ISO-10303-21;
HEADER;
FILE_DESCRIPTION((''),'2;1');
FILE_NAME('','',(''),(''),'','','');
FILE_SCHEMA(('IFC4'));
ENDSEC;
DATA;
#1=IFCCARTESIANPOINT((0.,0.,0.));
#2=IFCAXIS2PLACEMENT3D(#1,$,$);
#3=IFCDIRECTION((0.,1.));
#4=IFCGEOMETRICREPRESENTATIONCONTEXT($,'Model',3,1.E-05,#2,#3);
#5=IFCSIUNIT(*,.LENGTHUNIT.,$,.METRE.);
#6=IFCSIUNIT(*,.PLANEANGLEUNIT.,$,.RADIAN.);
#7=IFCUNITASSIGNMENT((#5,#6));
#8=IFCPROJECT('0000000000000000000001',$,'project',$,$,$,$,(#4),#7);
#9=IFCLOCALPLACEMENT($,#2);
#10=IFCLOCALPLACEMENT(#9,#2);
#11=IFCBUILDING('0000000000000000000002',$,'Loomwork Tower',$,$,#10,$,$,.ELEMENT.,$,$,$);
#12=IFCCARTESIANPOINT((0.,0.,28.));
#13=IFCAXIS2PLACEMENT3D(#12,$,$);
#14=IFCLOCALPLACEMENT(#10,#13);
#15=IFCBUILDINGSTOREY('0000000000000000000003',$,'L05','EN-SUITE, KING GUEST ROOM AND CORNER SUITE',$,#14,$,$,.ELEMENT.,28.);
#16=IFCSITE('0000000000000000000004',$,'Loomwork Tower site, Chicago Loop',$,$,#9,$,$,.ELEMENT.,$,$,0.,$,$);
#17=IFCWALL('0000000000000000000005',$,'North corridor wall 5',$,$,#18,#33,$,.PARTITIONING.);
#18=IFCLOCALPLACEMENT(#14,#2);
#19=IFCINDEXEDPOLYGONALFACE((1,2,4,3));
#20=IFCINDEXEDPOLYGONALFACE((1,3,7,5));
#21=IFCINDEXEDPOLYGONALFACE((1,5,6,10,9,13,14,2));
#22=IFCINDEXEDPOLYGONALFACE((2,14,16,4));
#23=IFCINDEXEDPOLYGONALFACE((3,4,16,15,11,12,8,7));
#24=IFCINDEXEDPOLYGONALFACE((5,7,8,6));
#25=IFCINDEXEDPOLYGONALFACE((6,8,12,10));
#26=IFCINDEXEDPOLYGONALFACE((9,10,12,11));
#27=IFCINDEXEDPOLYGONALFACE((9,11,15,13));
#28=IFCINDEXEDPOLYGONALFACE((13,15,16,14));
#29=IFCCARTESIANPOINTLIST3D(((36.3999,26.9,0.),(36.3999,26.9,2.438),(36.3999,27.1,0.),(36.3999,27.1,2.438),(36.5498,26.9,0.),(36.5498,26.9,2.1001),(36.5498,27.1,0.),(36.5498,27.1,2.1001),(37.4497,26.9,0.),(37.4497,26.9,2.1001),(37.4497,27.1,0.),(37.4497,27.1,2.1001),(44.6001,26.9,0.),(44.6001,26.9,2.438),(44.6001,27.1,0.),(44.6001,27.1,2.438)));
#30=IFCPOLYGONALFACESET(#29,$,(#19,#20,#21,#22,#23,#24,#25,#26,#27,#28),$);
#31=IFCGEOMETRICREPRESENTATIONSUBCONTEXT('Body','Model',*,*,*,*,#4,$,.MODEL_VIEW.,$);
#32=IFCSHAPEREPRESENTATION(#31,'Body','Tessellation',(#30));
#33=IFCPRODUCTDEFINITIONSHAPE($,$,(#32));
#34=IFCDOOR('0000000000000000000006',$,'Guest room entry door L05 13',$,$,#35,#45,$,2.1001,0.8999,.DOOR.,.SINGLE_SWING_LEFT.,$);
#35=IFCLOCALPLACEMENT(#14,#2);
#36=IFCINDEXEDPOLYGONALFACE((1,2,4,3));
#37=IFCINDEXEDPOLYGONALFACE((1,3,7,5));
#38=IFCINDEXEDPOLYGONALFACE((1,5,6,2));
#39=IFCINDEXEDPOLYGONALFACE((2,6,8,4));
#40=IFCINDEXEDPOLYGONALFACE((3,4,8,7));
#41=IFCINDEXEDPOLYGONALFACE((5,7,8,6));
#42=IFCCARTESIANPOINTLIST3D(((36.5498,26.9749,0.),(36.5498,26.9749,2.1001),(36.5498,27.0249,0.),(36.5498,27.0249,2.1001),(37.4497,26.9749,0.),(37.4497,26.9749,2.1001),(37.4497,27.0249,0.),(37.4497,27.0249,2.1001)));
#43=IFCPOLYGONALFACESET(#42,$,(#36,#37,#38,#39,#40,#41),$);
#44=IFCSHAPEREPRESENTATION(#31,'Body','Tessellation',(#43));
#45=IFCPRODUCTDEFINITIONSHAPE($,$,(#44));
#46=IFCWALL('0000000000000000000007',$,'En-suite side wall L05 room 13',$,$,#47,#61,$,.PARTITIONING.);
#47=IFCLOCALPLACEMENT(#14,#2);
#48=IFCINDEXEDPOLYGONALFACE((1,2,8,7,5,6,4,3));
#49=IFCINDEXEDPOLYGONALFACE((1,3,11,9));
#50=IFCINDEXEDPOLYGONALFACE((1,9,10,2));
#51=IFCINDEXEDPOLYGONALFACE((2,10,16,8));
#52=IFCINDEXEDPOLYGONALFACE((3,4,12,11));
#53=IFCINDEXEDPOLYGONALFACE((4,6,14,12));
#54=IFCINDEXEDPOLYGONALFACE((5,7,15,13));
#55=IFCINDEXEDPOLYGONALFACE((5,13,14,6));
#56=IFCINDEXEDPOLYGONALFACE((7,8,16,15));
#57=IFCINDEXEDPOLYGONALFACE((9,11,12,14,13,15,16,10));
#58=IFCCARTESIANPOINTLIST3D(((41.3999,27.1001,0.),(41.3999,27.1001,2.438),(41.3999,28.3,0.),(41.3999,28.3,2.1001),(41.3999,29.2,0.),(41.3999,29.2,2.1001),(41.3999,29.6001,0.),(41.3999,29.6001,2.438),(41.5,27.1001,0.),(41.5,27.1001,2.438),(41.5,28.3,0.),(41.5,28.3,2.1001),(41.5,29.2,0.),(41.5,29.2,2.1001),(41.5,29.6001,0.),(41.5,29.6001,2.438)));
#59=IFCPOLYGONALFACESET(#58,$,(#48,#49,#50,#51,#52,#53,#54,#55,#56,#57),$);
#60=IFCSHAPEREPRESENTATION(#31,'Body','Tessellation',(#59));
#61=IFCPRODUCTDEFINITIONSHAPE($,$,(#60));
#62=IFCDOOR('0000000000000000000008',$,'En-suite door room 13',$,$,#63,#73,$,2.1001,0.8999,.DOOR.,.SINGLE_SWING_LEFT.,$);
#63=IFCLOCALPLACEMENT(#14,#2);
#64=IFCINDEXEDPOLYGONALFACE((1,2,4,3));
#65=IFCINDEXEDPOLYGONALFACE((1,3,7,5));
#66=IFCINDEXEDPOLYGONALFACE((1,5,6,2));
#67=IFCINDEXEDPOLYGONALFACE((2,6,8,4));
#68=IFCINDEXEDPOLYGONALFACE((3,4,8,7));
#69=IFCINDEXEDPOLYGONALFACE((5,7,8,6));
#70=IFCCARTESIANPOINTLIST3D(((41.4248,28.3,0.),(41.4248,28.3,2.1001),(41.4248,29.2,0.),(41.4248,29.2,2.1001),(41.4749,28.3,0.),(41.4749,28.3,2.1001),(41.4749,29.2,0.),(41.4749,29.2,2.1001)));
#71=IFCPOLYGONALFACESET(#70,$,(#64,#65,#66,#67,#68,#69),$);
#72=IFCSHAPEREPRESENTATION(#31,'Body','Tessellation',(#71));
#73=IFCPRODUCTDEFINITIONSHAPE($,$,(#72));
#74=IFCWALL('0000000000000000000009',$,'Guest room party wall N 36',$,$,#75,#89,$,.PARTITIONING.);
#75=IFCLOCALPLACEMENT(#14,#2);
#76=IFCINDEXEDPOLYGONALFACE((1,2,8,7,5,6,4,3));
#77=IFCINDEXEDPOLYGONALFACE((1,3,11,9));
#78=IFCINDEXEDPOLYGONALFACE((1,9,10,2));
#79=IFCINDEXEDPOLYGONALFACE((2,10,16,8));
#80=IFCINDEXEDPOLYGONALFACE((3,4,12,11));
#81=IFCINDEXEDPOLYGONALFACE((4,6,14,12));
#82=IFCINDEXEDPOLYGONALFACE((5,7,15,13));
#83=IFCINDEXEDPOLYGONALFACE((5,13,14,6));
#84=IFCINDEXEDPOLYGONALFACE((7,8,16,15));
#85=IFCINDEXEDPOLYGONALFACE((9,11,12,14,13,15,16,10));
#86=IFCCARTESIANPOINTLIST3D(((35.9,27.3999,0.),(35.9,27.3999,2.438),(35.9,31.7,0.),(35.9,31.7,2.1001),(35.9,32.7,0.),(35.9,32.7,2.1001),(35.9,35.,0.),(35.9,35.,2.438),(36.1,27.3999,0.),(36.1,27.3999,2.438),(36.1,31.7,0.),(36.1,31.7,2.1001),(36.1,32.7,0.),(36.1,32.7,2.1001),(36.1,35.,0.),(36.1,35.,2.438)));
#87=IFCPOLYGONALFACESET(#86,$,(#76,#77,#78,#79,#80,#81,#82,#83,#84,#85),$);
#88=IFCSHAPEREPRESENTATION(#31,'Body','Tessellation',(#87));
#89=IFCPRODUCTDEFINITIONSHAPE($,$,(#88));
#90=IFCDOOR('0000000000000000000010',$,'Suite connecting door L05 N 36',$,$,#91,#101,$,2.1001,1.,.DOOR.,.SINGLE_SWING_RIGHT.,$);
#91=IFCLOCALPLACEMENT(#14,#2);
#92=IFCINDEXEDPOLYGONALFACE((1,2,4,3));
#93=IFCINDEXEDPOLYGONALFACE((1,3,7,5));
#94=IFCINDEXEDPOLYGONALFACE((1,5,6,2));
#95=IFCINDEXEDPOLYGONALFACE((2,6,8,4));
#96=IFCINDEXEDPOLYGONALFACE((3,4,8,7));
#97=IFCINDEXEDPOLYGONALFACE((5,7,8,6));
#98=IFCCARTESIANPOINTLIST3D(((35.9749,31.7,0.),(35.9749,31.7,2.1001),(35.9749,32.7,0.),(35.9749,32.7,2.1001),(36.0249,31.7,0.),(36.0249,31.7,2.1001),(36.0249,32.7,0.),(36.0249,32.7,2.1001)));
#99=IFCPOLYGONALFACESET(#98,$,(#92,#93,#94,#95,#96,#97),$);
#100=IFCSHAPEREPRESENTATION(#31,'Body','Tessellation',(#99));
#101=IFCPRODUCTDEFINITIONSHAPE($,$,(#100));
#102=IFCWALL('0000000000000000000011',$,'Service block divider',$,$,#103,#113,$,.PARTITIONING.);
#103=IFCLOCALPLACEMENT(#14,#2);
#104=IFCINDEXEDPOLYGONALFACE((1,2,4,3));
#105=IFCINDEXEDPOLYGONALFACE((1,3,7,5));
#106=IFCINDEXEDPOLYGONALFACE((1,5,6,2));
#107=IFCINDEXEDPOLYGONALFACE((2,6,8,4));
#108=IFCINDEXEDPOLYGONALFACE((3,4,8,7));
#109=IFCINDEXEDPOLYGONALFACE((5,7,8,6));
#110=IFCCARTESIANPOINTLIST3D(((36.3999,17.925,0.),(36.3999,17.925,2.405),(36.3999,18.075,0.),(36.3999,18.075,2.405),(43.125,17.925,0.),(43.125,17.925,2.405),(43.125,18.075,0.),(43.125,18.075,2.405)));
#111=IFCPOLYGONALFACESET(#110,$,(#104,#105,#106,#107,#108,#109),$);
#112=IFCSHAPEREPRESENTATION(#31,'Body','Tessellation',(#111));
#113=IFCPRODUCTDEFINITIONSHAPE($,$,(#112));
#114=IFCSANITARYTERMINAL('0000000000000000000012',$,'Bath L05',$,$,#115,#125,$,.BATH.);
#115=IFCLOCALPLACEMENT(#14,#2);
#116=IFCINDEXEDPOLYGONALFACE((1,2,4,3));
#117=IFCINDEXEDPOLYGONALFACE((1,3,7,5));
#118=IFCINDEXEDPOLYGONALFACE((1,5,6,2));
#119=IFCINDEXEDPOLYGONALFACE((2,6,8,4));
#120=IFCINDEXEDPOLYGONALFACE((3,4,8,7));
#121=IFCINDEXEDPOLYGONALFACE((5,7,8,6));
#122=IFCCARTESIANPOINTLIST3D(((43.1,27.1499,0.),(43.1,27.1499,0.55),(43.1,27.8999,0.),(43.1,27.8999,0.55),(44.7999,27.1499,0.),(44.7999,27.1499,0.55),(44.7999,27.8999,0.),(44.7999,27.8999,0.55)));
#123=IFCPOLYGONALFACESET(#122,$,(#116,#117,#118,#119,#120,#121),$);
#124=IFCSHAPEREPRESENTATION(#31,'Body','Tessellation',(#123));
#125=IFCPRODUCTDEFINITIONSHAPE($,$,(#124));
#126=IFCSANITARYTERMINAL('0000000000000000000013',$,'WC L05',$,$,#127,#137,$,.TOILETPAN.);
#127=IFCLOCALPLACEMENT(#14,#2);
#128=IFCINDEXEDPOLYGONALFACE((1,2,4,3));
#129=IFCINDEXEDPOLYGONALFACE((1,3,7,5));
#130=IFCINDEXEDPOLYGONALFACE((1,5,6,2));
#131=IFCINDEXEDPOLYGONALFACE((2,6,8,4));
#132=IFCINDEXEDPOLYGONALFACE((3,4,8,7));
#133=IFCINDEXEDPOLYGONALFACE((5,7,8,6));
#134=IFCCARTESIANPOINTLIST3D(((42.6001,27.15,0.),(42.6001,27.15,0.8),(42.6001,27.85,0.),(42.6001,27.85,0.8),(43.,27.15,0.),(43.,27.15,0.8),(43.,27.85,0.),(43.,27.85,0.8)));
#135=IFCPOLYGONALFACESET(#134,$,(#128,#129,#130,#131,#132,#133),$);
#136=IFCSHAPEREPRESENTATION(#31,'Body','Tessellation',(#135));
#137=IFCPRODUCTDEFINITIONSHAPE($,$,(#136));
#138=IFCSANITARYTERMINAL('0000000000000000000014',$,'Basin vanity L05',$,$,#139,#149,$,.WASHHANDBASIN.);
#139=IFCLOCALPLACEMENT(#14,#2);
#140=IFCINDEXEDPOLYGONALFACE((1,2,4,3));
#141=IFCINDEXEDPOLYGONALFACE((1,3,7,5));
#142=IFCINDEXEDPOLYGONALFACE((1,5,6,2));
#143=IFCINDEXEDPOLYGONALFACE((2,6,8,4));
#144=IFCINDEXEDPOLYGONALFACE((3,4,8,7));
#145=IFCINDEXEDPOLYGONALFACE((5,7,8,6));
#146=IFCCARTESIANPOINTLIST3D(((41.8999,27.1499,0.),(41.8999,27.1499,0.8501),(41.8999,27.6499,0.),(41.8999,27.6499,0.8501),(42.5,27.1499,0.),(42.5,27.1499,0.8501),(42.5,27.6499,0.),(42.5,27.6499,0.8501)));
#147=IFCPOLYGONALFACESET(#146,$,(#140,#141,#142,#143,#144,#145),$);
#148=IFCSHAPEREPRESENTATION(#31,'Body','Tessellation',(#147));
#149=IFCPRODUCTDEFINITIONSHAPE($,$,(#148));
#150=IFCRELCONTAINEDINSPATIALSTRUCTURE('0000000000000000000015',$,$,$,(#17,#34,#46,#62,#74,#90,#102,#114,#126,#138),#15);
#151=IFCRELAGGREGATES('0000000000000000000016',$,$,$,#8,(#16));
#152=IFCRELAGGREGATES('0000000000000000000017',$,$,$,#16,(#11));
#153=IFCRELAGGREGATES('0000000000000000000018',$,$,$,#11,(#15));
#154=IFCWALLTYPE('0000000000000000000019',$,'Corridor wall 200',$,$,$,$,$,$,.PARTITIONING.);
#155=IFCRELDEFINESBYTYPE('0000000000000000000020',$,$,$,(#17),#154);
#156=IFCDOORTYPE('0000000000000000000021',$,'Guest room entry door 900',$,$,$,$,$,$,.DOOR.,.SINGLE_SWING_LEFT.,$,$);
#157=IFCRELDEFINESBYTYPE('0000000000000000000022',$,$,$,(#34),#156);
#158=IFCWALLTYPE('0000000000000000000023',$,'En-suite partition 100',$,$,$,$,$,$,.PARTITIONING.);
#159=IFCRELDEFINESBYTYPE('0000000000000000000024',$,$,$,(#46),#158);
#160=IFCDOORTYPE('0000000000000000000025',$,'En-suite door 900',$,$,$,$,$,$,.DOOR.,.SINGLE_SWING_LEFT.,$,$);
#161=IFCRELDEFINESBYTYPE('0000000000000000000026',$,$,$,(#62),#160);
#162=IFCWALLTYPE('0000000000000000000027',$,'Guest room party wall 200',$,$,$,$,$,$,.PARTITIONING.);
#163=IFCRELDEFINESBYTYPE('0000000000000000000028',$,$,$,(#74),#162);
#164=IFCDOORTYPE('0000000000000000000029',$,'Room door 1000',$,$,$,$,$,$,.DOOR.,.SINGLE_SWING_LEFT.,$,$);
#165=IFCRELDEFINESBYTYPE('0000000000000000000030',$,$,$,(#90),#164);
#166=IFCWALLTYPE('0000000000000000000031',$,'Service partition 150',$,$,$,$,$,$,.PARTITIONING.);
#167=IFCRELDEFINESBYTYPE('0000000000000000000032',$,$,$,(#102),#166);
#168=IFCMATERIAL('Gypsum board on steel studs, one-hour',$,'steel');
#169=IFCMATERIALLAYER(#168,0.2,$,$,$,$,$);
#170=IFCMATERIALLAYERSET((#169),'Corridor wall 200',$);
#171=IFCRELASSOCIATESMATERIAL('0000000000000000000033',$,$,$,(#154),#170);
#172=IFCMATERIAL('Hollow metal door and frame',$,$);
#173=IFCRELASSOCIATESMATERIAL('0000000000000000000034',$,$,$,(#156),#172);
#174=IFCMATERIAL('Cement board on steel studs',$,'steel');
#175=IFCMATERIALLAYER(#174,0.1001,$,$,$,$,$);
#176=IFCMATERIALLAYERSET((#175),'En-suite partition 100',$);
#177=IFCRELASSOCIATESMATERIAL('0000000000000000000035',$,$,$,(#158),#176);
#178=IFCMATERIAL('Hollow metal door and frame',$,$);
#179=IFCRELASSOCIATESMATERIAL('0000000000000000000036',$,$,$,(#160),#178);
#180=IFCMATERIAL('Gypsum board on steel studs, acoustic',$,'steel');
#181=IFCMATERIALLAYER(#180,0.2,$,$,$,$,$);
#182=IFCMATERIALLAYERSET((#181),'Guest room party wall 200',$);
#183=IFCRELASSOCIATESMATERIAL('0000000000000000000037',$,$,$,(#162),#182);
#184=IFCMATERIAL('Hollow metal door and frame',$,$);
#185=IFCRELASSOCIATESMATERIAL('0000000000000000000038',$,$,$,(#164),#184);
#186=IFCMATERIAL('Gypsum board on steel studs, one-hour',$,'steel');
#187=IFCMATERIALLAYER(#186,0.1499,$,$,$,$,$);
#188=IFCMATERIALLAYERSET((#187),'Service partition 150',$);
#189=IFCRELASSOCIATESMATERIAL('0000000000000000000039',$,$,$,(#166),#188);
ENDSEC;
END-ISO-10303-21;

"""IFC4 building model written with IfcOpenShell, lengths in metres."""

from ifc_helpers import new_model, si_unit, direction, frame, frame_2d, origin, origin_2d, place, context, subcontext, project, spatial, rectangle, extrude, material, layer, layer_set, type_object, element, fill, save


model = new_model("IFC4")

# Units and contexts
model_context = context("Model", 3, precision=1e-05, world=origin(), true_north=direction((0.0, 1.0)))
body_context = subcontext(model_context, "Body", "Model", "MODEL_VIEW")
ifc_project = project(units=[si_unit("LENGTHUNIT", "METRE"), si_unit("PLANEANGLEUNIT", "RADIAN")], contexts=[model_context])

# Site, building, storey
site_placement = place(None, origin())
site = spatial("IfcSite", under=ifc_project, at=site_placement, Name="Loomwork Tower site, Chicago Loop", CompositionType="ELEMENT", RefElevation=0.0)
building_placement = place(site_placement, origin())
building = spatial("IfcBuilding", under=site, at=building_placement, Name="Loomwork Tower", CompositionType="ELEMENT")
storey_placement = place(building_placement, frame((0.0, 0.0, 28.0)))
storey = spatial("IfcBuildingStorey", under=building, at=storey_placement, Name="L05", Description="EN-SUITE, KING GUEST ROOM AND CORNER SUITE", CompositionType="ELEMENT", Elevation=28.0)

# Walls, openings, doors
ifc_material_1 = material(Name="Gypsum board on steel studs, one-hour", Category="steel")
ifc_layer_1 = layer(ifc_material_1, 0.2)
ifc_layer_set_1 = layer_set([ifc_layer_1], Name="Corridor wall 200")
wall_type_1 = type_object("IfcWallType", Name="Corridor wall 200", PredefinedType="PARTITIONING", material=ifc_layer_set_1)
wall_1_placement = place(storey_placement, frame((36.3999, 27.0, 0.0), z_axis=(0.0, 0.0, 1.0), x_axis=(1.0, 0.0, 0.0)))
wall_1 = element("IfcWall", 1, at=wall_1_placement, inside=storey, type_object=wall_type_1, Name="North corridor wall 5", PredefinedType="PARTITIONING", context=body_context, shape_type="SweptSolid", body=[
    extrude(rectangle(XDim=8.2002, YDim=0.2, at=frame_2d((4.1001, 0.0))), origin(), (0.0, 0.0, 1.0), 2.438),
])
opening_1_placement = place(wall_1_placement, frame((0.1499, 0.0, 0.0)))
opening_1 = element("IfcOpeningElement", 2, at=opening_1_placement, cuts=wall_1, PredefinedType="OPENING", context=body_context, shape_type="SweptSolid", body=[
    extrude(rectangle(XDim=0.8999, YDim=2.1001, at=frame_2d((0.45, 1.05))), frame((0.0, 0.1099, 0.0), z_axis=(0.0, -1.0, 0.0), x_axis=(1.0, 0.0, 0.0)), (0.0, 0.0, 1.0), 0.22),
])
ifc_material_2 = material(Name="Hollow metal door and frame")
door_type_1 = type_object("IfcDoorType", Name="Guest room entry door 900", OperationType="SINGLE_SWING_LEFT", PredefinedType="DOOR", material=ifc_material_2)
door_1_placement = place(opening_1_placement, origin())
door_1 = element("IfcDoor", 3, at=door_1_placement, inside=storey, type_object=door_type_1, Name="Guest room entry door L05 13", OperationType="SINGLE_SWING_LEFT", OverallHeight=2.1001, OverallWidth=0.8999, PredefinedType="DOOR", context=body_context, shape_type="SweptSolid", body=[
    extrude(rectangle(XDim=0.8999, YDim=2.1001, at=frame_2d((0.45, 1.05))), frame((0.0, 0.0249, 0.0), z_axis=(0.0, -1.0, 0.0), x_axis=(1.0, 0.0, 0.0)), (0.0, 0.0, 1.0), 0.05),
])
fill(opening_1, door_1)
ifc_material_3 = material(Name="Cement board on steel studs", Category="steel")
ifc_layer_2 = layer(ifc_material_3, 0.1001)
ifc_layer_set_2 = layer_set([ifc_layer_2], Name="En-suite partition 100")
wall_type_2 = type_object("IfcWallType", Name="En-suite partition 100", PredefinedType="PARTITIONING", material=ifc_layer_set_2)
wall_2_placement = place(storey_placement, frame((41.45, 27.1001, 0.0), z_axis=(0.0, 0.0, 1.0), x_axis=(0.0, 1.0, 0.0)))
wall_2 = element("IfcWall", 4, at=wall_2_placement, inside=storey, type_object=wall_type_2, Name="En-suite side wall L05 room 13", PredefinedType="PARTITIONING", context=body_context, shape_type="SweptSolid", body=[
    extrude(rectangle(XDim=2.5, YDim=0.1001, at=frame_2d((1.25, 0.0))), origin(), (0.0, 0.0, 1.0), 2.438),
])
opening_2_placement = place(wall_2_placement, frame((1.2, 0.0, 0.0)))
opening_2 = element("IfcOpeningElement", 5, at=opening_2_placement, cuts=wall_2, PredefinedType="OPENING", context=body_context, shape_type="SweptSolid", body=[
    extrude(rectangle(XDim=0.8999, YDim=2.1001, at=frame_2d((0.45, 1.05))), frame((0.0, 0.0601, 0.0), z_axis=(0.0, -1.0, 0.0), x_axis=(1.0, 0.0, 0.0)), (0.0, 0.0, 1.0), 0.1201),
])
ifc_material_4 = material(Name="Hollow metal door and frame")
door_type_2 = type_object("IfcDoorType", Name="En-suite door 900", OperationType="SINGLE_SWING_LEFT", PredefinedType="DOOR", material=ifc_material_4)
door_2_placement = place(opening_2_placement, frame((0.8999, 0.0, 0.0), z_axis=(0.0, 0.0, 1.0), x_axis=(-1.0, 0.0, 0.0)))
door_2 = element("IfcDoor", 6, at=door_2_placement, inside=storey, type_object=door_type_2, Name="En-suite door room 13", OperationType="SINGLE_SWING_LEFT", OverallHeight=2.1001, OverallWidth=0.8999, PredefinedType="DOOR", context=body_context, shape_type="SweptSolid", body=[
    extrude(rectangle(XDim=0.8999, YDim=2.1001, at=frame_2d((0.45, 1.05))), frame((0.0, 0.0249, 0.0), z_axis=(0.0, -1.0, 0.0), x_axis=(1.0, 0.0, 0.0)), (0.0, 0.0, 1.0), 0.05),
])
fill(opening_2, door_2)
ifc_material_5 = material(Name="Gypsum board on steel studs, acoustic", Category="steel")
ifc_layer_3 = layer(ifc_material_5, 0.2)
ifc_layer_set_3 = layer_set([ifc_layer_3], Name="Guest room party wall 200")
wall_type_3 = type_object("IfcWallType", Name="Guest room party wall 200", PredefinedType="PARTITIONING", material=ifc_layer_set_3)
wall_3_placement = place(storey_placement, frame((36.0, 27.3999, 0.0), z_axis=(0.0, 0.0, 1.0), x_axis=(0.0, 1.0, 0.0)))
wall_3 = element("IfcWall", 7, at=wall_3_placement, inside=storey, type_object=wall_type_3, Name="Guest room party wall N 36", PredefinedType="PARTITIONING", context=body_context, shape_type="SweptSolid", body=[
    extrude(rectangle(XDim=7.6001, YDim=0.2, at=frame_2d((3.8, 0.0))), origin(), (0.0, 0.0, 1.0), 2.438),
])
opening_3_placement = place(wall_3_placement, frame((4.3, 0.0, 0.0)))
opening_3 = element("IfcOpeningElement", 8, at=opening_3_placement, cuts=wall_3, PredefinedType="OPENING", context=body_context, shape_type="SweptSolid", body=[
    extrude(rectangle(XDim=1.0, YDim=2.1001, at=frame_2d((0.5, 1.05))), frame((0.0, 0.1099, 0.0), z_axis=(0.0, -1.0, 0.0), x_axis=(1.0, 0.0, 0.0)), (0.0, 0.0, 1.0), 0.22),
])
ifc_material_6 = material(Name="Hollow metal door and frame")
door_type_3 = type_object("IfcDoorType", Name="Room door 1000", OperationType="SINGLE_SWING_LEFT", PredefinedType="DOOR", material=ifc_material_6)
door_3_placement = place(opening_3_placement, frame((1.0, 0.0, 0.0), z_axis=(0.0, 0.0, 1.0), x_axis=(-1.0, 0.0, 0.0)))
door_3 = element("IfcDoor", 9, at=door_3_placement, inside=storey, type_object=door_type_3, Name="Suite connecting door L05 N 36", OperationType="SINGLE_SWING_RIGHT", OverallHeight=2.1001, OverallWidth=1.0, PredefinedType="DOOR", context=body_context, shape_type="SweptSolid", body=[
    extrude(rectangle(XDim=1.0, YDim=2.1001, at=frame_2d((0.5, 1.05))), frame((0.0, 0.0249, 0.0), z_axis=(0.0, -1.0, 0.0), x_axis=(1.0, 0.0, 0.0)), (0.0, 0.0, 1.0), 0.05),
])
fill(opening_3, door_3)

# Wall
ifc_material_7 = material(Name="Gypsum board on steel studs, one-hour", Category="steel")
ifc_layer_4 = layer(ifc_material_7, 0.1499)
ifc_layer_set_4 = layer_set([ifc_layer_4], Name="Service partition 150")
wall_type_4 = type_object("IfcWallType", Name="Service partition 150", PredefinedType="PARTITIONING", material=ifc_layer_set_4)
wall_4_placement = place(storey_placement, frame((36.3999, 18.0, 0.0), z_axis=(0.0, 0.0, 1.0), x_axis=(1.0, 0.0, 0.0)))
element("IfcWall", 10, at=wall_4_placement, inside=storey, type_object=wall_type_4, Name="Service block divider", PredefinedType="PARTITIONING", context=body_context, shape_type="SweptSolid", body=[
    extrude(rectangle(XDim=6.7251, YDim=0.1499, at=frame_2d((3.3625, 0.0))), origin(), (0.0, 0.0, 1.0), 2.405),
])

# Sanitary terminals
sanitary_terminal_1_placement = place(storey_placement, frame((43.95, 27.5249, 0.0), z_axis=(0.0, 0.0, 1.0), x_axis=(1.0, 0.0, 0.0)))
element("IfcSanitaryTerminal", 11, at=sanitary_terminal_1_placement, inside=storey, Name="Bath L05", PredefinedType="BATH", context=body_context, shape_type="SweptSolid", body=[
    extrude(rectangle(XDim=1.7, YDim=0.75, at=origin_2d()), origin(), (0.0, 0.0, 1.0), 0.55),
])
sanitary_terminal_2_placement = place(storey_placement, frame((42.8, 27.5, 0.0), z_axis=(0.0, 0.0, 1.0), x_axis=(1.0, 0.0, 0.0)))
element("IfcSanitaryTerminal", 12, at=sanitary_terminal_2_placement, inside=storey, Name="WC L05", PredefinedType="TOILETPAN", context=body_context, shape_type="SweptSolid", body=[
    extrude(rectangle(XDim=0.3999, YDim=0.7, at=origin_2d()), origin(), (0.0, 0.0, 1.0), 0.8),
])
sanitary_terminal_3_placement = place(storey_placement, frame((42.2, 27.3999, 0.0), z_axis=(0.0, 0.0, 1.0), x_axis=(1.0, 0.0, 0.0)))
element("IfcSanitaryTerminal", 13, at=sanitary_terminal_3_placement, inside=storey, Name="Basin vanity L05", PredefinedType="WASHHANDBASIN", context=body_context, shape_type="SweptSolid", body=[
    extrude(rectangle(XDim=0.6001, YDim=0.5, at=origin_2d()), origin(), (0.0, 0.0, 1.0), 0.8501),
])

save(model, "model.ifc")
